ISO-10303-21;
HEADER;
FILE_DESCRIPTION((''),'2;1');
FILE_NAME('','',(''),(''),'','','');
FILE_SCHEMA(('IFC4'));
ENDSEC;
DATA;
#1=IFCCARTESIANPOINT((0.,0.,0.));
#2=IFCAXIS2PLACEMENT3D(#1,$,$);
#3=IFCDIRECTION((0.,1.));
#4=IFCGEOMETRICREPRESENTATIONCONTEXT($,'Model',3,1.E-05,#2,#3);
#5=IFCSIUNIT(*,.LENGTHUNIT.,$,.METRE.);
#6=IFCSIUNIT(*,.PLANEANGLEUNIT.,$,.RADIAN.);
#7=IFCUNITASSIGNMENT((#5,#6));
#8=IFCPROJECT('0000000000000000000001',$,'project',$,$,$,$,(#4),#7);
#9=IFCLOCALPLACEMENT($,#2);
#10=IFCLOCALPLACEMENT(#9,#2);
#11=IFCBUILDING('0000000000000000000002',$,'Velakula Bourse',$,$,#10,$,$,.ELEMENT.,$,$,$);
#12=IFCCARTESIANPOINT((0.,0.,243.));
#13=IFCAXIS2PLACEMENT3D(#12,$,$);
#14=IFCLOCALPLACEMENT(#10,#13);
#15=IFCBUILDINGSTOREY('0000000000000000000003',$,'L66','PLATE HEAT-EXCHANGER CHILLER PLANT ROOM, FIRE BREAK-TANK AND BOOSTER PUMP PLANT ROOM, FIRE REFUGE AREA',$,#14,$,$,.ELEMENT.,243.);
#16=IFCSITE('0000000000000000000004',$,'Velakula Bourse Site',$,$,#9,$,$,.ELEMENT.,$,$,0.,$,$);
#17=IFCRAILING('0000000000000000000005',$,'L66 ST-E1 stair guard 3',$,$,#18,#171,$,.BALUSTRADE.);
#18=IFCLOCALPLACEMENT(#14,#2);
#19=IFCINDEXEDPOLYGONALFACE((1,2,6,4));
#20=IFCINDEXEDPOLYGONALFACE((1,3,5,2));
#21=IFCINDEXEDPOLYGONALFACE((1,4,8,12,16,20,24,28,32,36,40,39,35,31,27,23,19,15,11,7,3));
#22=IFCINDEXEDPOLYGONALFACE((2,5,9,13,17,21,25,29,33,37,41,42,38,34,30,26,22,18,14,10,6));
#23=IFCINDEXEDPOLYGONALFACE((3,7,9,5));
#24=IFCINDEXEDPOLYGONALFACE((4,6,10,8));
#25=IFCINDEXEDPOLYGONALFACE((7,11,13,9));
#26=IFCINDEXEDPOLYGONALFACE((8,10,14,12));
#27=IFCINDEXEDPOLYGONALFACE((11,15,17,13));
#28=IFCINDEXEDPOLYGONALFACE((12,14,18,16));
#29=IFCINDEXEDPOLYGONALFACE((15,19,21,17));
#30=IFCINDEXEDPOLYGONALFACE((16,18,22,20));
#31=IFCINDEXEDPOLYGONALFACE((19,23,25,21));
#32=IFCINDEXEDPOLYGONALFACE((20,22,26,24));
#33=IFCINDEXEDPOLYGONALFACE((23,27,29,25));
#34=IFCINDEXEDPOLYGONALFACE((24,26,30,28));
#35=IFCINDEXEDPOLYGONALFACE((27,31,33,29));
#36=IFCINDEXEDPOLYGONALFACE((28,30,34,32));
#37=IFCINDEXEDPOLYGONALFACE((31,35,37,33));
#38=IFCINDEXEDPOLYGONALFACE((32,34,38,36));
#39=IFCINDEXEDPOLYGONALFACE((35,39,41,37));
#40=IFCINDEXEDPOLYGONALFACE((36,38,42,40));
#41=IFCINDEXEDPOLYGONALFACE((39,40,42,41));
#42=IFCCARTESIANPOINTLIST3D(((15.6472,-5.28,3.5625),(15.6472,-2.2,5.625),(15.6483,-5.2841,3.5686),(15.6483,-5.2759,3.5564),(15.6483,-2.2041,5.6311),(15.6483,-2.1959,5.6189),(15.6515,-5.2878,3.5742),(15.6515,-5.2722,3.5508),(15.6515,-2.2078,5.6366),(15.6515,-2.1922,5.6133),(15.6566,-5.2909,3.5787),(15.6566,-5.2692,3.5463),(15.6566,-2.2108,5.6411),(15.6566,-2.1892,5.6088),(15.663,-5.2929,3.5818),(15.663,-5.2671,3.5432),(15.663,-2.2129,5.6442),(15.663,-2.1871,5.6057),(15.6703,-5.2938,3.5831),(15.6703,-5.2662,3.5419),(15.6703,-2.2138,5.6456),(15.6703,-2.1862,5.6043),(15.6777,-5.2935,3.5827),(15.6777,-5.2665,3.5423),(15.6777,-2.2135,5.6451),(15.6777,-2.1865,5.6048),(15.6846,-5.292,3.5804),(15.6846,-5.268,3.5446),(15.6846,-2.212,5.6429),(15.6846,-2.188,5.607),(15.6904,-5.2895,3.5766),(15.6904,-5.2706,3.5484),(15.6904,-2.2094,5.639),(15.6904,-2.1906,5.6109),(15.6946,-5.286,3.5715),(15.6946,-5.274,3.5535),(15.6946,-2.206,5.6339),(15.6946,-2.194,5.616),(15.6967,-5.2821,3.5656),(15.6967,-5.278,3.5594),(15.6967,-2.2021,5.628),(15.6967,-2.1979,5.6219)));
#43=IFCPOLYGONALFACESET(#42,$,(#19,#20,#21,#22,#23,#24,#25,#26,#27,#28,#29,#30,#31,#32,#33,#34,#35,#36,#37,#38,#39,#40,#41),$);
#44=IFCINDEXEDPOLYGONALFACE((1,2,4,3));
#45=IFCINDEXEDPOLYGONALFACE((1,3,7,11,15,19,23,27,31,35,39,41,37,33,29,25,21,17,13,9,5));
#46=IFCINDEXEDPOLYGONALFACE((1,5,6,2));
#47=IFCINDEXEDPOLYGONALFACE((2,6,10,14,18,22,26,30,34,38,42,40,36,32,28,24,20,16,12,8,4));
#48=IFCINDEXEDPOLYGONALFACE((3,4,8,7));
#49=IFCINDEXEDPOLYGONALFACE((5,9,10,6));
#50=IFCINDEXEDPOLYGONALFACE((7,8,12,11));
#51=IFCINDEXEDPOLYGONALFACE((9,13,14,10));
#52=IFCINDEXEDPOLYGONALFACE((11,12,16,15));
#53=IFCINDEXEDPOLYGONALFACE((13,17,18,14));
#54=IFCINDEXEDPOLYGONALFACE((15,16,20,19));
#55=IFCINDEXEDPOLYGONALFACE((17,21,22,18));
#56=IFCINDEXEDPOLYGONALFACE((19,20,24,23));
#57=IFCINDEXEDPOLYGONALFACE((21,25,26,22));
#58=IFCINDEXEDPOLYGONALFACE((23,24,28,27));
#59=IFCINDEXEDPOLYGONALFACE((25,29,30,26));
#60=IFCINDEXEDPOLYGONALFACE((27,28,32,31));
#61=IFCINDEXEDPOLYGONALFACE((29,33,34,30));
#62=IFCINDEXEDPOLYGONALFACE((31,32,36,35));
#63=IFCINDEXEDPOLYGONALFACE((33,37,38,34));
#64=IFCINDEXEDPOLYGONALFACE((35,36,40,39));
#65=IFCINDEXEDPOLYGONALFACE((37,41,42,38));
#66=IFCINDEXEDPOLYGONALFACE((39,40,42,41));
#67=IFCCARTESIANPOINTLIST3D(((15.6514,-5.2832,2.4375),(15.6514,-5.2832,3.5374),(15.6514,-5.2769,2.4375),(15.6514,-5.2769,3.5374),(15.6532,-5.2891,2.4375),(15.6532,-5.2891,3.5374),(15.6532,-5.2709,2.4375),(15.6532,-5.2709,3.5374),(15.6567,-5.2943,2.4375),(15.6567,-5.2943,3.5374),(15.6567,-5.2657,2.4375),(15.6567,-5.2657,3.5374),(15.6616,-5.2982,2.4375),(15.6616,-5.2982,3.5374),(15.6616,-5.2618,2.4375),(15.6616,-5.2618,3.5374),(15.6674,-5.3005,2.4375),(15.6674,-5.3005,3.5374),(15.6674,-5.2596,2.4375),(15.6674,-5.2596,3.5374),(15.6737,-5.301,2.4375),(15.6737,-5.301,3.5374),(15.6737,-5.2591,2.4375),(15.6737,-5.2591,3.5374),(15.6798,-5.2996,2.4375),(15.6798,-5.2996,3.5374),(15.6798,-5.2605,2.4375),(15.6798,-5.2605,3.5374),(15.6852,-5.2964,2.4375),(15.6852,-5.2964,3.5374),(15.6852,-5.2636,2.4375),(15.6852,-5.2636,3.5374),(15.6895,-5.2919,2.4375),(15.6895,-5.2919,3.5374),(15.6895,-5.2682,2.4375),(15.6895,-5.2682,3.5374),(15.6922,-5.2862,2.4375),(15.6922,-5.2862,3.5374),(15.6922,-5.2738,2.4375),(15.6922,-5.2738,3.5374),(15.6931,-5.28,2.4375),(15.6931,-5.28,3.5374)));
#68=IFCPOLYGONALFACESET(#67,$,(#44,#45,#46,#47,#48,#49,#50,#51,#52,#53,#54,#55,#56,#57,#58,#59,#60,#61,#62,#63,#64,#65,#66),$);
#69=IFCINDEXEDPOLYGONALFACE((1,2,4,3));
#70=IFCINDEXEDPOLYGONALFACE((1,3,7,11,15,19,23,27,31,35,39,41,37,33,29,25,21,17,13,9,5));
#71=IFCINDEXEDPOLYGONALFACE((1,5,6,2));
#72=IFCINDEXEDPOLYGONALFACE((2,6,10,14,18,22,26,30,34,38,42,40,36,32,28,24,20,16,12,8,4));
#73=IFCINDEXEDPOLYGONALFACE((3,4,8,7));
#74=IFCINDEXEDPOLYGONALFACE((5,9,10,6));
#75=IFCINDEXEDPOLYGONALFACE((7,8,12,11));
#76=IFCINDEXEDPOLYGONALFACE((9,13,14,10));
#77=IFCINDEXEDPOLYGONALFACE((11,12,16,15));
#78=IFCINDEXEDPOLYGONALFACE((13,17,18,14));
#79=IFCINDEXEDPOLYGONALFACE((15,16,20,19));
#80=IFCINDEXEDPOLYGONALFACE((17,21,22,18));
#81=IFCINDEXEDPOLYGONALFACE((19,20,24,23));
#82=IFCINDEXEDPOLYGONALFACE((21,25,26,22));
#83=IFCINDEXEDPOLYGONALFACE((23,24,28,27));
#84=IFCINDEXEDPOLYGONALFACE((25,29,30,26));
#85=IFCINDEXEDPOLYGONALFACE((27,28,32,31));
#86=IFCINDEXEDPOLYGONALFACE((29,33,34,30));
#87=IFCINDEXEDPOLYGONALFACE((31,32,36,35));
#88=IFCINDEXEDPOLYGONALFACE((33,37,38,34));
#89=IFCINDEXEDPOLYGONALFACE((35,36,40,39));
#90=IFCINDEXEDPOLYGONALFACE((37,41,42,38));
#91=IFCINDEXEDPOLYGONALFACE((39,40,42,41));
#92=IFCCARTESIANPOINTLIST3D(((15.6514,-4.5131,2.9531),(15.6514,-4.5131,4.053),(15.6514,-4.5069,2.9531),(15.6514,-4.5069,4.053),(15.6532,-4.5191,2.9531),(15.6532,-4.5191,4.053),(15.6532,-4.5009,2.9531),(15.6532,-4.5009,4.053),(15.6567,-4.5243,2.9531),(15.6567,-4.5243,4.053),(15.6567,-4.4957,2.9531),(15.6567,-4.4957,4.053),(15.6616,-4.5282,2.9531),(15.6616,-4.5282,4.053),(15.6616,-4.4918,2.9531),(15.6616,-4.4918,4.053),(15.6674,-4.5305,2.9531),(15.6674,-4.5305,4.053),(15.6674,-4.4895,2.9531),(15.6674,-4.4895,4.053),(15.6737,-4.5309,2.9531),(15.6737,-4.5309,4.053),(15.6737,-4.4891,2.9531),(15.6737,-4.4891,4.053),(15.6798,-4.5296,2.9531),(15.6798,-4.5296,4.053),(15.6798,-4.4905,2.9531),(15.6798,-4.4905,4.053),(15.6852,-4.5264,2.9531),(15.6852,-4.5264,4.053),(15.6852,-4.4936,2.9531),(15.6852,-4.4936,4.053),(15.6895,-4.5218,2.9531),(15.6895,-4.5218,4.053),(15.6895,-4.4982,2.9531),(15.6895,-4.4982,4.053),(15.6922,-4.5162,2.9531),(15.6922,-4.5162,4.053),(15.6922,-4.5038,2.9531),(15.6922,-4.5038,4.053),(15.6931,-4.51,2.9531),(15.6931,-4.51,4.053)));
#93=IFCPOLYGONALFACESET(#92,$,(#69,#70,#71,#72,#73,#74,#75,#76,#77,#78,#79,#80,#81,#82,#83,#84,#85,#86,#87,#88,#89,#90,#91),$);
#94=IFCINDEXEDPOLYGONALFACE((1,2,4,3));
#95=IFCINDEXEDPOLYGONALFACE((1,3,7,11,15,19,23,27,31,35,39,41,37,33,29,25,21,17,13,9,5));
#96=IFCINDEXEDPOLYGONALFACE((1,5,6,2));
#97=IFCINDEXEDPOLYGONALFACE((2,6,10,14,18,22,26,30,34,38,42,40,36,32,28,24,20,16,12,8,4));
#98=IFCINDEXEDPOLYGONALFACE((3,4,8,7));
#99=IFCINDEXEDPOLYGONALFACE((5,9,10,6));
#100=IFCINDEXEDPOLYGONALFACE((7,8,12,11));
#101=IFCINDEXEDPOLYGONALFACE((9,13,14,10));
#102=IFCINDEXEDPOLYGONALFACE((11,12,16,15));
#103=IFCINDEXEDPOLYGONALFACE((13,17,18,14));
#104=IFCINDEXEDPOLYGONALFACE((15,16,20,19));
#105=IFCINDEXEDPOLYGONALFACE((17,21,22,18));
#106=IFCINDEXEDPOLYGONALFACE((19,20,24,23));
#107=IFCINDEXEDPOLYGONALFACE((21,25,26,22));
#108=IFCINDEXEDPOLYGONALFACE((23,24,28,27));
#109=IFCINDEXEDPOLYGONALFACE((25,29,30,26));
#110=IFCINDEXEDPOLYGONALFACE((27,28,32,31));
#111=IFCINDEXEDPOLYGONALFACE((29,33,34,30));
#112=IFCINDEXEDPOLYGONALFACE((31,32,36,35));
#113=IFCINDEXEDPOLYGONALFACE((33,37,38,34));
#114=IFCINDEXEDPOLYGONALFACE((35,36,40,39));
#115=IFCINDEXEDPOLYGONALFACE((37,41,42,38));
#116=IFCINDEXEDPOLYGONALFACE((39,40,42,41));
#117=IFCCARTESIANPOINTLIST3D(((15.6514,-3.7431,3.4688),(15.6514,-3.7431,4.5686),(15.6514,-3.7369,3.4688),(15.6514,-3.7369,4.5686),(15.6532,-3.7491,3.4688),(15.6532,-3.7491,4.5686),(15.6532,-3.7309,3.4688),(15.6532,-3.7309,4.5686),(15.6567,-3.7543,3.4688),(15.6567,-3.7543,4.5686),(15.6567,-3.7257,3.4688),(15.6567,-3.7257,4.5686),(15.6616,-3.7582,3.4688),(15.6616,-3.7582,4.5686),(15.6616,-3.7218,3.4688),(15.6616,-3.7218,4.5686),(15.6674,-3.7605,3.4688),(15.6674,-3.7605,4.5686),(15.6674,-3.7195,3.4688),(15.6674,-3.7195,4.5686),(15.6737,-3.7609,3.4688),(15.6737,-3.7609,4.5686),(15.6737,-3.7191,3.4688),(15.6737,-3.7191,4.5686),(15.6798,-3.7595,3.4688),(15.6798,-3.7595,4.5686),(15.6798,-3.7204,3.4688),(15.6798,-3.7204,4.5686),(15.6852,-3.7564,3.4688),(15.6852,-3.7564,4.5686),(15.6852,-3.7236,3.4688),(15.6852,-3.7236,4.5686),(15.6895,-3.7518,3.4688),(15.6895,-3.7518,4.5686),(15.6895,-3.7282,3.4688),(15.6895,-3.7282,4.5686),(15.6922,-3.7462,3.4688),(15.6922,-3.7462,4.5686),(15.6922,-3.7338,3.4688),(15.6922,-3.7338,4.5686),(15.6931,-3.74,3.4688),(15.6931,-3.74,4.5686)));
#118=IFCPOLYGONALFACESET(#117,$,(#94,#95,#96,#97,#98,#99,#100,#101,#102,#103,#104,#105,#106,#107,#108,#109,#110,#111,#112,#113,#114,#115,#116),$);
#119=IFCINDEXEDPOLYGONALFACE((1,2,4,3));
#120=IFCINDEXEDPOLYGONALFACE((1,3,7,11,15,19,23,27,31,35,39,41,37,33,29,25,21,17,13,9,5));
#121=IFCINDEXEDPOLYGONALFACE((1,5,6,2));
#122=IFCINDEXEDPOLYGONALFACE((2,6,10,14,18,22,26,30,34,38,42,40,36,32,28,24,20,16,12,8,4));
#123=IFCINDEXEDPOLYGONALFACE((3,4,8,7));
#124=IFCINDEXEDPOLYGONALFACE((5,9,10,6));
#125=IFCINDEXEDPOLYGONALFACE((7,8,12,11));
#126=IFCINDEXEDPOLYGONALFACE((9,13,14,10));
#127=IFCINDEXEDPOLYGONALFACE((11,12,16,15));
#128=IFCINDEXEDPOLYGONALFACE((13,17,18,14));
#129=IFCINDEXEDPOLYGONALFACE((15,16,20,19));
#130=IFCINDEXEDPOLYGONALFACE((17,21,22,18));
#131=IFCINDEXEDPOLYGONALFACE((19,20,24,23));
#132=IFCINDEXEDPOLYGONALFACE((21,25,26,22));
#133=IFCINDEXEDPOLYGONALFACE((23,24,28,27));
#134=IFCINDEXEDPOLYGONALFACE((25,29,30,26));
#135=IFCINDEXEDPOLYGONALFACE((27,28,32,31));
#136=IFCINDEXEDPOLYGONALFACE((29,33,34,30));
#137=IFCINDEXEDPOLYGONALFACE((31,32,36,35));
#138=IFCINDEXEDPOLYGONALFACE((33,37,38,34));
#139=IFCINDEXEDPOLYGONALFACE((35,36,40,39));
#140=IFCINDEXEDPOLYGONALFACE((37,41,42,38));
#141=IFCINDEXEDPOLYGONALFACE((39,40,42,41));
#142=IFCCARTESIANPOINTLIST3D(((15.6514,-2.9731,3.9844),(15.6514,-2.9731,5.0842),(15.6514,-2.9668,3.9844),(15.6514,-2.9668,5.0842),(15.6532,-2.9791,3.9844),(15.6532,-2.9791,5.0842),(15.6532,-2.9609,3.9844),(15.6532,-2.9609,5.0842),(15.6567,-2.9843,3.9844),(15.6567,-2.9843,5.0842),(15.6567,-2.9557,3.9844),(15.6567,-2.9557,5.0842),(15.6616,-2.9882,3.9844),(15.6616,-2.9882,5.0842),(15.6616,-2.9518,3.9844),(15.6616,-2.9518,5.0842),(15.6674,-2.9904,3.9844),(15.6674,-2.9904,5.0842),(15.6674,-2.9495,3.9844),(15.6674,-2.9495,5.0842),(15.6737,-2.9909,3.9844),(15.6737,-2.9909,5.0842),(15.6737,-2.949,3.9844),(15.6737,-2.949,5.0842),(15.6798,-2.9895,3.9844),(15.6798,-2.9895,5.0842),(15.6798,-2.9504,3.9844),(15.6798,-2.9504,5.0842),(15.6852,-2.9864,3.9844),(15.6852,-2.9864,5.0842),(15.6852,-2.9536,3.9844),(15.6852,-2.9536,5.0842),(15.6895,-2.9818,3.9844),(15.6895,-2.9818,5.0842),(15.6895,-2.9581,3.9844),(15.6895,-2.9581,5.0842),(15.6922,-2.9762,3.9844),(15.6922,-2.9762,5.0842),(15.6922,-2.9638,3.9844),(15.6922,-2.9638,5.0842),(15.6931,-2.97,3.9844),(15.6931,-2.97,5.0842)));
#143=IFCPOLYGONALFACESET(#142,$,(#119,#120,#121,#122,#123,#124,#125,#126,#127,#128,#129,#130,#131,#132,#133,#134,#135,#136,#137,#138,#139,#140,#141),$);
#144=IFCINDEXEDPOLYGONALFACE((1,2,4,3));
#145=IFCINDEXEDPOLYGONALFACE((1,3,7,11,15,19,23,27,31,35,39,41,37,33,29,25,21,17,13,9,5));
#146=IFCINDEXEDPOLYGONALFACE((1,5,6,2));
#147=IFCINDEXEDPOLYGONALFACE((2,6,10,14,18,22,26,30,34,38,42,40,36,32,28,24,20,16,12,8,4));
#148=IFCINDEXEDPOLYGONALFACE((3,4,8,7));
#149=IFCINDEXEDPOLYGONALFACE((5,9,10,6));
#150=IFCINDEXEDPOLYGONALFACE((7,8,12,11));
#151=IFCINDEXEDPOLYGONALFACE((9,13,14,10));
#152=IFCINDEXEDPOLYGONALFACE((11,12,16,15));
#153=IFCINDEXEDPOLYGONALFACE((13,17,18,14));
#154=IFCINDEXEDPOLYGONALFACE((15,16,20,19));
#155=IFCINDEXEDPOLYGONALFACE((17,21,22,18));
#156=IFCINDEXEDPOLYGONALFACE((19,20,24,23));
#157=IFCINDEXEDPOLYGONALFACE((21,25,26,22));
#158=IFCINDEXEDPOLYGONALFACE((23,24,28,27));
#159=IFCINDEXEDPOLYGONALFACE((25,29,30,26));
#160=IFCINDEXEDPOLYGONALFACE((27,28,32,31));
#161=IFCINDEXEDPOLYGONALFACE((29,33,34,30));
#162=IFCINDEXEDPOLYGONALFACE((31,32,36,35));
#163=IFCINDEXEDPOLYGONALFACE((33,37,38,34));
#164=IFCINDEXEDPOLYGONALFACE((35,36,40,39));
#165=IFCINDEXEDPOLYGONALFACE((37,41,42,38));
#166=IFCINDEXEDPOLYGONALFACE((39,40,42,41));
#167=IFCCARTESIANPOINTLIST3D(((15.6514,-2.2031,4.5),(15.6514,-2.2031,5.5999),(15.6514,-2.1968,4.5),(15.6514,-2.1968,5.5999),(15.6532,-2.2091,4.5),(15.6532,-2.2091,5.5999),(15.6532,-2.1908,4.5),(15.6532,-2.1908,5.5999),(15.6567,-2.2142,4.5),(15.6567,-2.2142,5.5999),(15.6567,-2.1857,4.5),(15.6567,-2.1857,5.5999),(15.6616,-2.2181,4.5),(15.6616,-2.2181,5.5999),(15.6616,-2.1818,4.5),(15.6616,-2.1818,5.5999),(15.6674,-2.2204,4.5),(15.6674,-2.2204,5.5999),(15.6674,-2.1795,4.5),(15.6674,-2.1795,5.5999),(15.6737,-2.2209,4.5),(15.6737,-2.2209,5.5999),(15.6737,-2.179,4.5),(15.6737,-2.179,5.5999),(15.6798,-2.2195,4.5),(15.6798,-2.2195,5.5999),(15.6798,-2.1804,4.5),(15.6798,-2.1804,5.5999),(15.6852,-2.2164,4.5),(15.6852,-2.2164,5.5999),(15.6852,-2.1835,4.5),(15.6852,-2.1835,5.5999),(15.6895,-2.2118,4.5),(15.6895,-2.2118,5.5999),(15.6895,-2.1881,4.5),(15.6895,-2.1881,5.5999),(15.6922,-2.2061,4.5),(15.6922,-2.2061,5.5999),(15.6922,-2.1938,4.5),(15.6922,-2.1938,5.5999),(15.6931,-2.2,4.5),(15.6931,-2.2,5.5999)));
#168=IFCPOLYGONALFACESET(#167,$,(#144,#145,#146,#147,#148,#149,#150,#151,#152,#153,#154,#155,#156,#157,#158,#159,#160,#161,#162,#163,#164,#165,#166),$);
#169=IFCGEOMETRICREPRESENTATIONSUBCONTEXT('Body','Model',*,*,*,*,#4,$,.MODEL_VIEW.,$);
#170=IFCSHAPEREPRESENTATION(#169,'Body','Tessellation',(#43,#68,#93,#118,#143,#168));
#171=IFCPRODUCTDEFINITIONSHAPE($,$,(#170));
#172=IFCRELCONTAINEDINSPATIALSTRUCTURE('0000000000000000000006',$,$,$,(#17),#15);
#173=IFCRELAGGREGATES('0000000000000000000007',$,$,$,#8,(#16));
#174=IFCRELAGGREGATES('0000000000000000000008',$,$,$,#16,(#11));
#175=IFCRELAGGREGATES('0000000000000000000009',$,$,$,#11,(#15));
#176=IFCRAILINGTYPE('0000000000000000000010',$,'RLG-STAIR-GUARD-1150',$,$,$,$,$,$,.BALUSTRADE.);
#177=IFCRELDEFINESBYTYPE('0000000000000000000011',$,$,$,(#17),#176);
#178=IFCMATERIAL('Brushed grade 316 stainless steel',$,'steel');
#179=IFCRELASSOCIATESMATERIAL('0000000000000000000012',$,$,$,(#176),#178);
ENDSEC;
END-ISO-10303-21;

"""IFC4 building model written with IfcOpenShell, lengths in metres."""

from ifc_helpers import new_model, si_unit, direction, frame, origin, origin_2d, place, context, subcontext, project, spatial, circle, extrude, material, type_object, element, save


model = new_model("IFC4")

# Units and contexts
model_context = context("Model", 3, precision=1e-05, world=origin(), true_north=direction((0.0, 1.0)))
body_context = subcontext(model_context, "Body", "Model", "MODEL_VIEW")
ifc_project = project(units=[si_unit("LENGTHUNIT", "METRE"), si_unit("PLANEANGLEUNIT", "RADIAN")], contexts=[model_context])

# Site, building, storey
site_placement = place(None, origin())
site = spatial("IfcSite", under=ifc_project, at=site_placement, Name="Velakula Bourse Site", CompositionType="ELEMENT", RefElevation=0.0)
building_placement = place(site_placement, origin())
building = spatial("IfcBuilding", under=site, at=building_placement, Name="Velakula Bourse", CompositionType="ELEMENT")
storey_placement = place(building_placement, frame((0.0, 0.0, 243.0)))
storey = spatial("IfcBuildingStorey", under=building, at=storey_placement, Name="L66", Description="PLATE HEAT-EXCHANGER CHILLER PLANT ROOM, FIRE BREAK-TANK AND BOOSTER PUMP PLANT ROOM, FIRE REFUGE AREA", CompositionType="ELEMENT", Elevation=243.0)

# Railing
ifc_material_1 = material(Name="Brushed grade 316 stainless steel", Category="steel")
railing_type_1 = type_object("IfcRailingType", Name="RLG-STAIR-GUARD-1150", PredefinedType="BALUSTRADE", material=ifc_material_1)
railing_1_placement = place(storey_placement, frame((15.6721, -5.28, 2.4375)))
element("IfcRailing", 1, at=railing_1_placement, inside=storey, type_object=railing_type_1, Name="L66 ST-E1 stair guard 3", PredefinedType="BALUSTRADE", context=body_context, shape_type="SweptSolid", body=[
    extrude(circle(Radius=0.0249, at=origin_2d()), frame((0.0, 0.0, 1.125), z_axis=(0.0, 0.830914, 0.556401), x_axis=(-1.0, 0.0, 0.0)), (0.0, 0.0, 1.0), 3.7068),
    extrude(circle(Radius=0.021, at=origin_2d()), origin(), (0.0, 0.0, 1.0), 1.0999),
    extrude(circle(Radius=0.021, at=origin_2d()), frame((0.0, 0.77, 0.5156)), (0.0, 0.0, 1.0), 1.0999),
    extrude(circle(Radius=0.021, at=origin_2d()), frame((0.0, 1.54, 1.0312)), (0.0, 0.0, 1.0), 1.0999),
    extrude(circle(Radius=0.021, at=origin_2d()), frame((0.0, 2.3101, 1.5469)), (0.0, 0.0, 1.0), 1.0999),
    extrude(circle(Radius=0.021, at=origin_2d()), frame((0.0, 3.0801, 2.0625)), (0.0, 0.0, 1.0), 1.0999),
])

save(model, "model.ifc")
